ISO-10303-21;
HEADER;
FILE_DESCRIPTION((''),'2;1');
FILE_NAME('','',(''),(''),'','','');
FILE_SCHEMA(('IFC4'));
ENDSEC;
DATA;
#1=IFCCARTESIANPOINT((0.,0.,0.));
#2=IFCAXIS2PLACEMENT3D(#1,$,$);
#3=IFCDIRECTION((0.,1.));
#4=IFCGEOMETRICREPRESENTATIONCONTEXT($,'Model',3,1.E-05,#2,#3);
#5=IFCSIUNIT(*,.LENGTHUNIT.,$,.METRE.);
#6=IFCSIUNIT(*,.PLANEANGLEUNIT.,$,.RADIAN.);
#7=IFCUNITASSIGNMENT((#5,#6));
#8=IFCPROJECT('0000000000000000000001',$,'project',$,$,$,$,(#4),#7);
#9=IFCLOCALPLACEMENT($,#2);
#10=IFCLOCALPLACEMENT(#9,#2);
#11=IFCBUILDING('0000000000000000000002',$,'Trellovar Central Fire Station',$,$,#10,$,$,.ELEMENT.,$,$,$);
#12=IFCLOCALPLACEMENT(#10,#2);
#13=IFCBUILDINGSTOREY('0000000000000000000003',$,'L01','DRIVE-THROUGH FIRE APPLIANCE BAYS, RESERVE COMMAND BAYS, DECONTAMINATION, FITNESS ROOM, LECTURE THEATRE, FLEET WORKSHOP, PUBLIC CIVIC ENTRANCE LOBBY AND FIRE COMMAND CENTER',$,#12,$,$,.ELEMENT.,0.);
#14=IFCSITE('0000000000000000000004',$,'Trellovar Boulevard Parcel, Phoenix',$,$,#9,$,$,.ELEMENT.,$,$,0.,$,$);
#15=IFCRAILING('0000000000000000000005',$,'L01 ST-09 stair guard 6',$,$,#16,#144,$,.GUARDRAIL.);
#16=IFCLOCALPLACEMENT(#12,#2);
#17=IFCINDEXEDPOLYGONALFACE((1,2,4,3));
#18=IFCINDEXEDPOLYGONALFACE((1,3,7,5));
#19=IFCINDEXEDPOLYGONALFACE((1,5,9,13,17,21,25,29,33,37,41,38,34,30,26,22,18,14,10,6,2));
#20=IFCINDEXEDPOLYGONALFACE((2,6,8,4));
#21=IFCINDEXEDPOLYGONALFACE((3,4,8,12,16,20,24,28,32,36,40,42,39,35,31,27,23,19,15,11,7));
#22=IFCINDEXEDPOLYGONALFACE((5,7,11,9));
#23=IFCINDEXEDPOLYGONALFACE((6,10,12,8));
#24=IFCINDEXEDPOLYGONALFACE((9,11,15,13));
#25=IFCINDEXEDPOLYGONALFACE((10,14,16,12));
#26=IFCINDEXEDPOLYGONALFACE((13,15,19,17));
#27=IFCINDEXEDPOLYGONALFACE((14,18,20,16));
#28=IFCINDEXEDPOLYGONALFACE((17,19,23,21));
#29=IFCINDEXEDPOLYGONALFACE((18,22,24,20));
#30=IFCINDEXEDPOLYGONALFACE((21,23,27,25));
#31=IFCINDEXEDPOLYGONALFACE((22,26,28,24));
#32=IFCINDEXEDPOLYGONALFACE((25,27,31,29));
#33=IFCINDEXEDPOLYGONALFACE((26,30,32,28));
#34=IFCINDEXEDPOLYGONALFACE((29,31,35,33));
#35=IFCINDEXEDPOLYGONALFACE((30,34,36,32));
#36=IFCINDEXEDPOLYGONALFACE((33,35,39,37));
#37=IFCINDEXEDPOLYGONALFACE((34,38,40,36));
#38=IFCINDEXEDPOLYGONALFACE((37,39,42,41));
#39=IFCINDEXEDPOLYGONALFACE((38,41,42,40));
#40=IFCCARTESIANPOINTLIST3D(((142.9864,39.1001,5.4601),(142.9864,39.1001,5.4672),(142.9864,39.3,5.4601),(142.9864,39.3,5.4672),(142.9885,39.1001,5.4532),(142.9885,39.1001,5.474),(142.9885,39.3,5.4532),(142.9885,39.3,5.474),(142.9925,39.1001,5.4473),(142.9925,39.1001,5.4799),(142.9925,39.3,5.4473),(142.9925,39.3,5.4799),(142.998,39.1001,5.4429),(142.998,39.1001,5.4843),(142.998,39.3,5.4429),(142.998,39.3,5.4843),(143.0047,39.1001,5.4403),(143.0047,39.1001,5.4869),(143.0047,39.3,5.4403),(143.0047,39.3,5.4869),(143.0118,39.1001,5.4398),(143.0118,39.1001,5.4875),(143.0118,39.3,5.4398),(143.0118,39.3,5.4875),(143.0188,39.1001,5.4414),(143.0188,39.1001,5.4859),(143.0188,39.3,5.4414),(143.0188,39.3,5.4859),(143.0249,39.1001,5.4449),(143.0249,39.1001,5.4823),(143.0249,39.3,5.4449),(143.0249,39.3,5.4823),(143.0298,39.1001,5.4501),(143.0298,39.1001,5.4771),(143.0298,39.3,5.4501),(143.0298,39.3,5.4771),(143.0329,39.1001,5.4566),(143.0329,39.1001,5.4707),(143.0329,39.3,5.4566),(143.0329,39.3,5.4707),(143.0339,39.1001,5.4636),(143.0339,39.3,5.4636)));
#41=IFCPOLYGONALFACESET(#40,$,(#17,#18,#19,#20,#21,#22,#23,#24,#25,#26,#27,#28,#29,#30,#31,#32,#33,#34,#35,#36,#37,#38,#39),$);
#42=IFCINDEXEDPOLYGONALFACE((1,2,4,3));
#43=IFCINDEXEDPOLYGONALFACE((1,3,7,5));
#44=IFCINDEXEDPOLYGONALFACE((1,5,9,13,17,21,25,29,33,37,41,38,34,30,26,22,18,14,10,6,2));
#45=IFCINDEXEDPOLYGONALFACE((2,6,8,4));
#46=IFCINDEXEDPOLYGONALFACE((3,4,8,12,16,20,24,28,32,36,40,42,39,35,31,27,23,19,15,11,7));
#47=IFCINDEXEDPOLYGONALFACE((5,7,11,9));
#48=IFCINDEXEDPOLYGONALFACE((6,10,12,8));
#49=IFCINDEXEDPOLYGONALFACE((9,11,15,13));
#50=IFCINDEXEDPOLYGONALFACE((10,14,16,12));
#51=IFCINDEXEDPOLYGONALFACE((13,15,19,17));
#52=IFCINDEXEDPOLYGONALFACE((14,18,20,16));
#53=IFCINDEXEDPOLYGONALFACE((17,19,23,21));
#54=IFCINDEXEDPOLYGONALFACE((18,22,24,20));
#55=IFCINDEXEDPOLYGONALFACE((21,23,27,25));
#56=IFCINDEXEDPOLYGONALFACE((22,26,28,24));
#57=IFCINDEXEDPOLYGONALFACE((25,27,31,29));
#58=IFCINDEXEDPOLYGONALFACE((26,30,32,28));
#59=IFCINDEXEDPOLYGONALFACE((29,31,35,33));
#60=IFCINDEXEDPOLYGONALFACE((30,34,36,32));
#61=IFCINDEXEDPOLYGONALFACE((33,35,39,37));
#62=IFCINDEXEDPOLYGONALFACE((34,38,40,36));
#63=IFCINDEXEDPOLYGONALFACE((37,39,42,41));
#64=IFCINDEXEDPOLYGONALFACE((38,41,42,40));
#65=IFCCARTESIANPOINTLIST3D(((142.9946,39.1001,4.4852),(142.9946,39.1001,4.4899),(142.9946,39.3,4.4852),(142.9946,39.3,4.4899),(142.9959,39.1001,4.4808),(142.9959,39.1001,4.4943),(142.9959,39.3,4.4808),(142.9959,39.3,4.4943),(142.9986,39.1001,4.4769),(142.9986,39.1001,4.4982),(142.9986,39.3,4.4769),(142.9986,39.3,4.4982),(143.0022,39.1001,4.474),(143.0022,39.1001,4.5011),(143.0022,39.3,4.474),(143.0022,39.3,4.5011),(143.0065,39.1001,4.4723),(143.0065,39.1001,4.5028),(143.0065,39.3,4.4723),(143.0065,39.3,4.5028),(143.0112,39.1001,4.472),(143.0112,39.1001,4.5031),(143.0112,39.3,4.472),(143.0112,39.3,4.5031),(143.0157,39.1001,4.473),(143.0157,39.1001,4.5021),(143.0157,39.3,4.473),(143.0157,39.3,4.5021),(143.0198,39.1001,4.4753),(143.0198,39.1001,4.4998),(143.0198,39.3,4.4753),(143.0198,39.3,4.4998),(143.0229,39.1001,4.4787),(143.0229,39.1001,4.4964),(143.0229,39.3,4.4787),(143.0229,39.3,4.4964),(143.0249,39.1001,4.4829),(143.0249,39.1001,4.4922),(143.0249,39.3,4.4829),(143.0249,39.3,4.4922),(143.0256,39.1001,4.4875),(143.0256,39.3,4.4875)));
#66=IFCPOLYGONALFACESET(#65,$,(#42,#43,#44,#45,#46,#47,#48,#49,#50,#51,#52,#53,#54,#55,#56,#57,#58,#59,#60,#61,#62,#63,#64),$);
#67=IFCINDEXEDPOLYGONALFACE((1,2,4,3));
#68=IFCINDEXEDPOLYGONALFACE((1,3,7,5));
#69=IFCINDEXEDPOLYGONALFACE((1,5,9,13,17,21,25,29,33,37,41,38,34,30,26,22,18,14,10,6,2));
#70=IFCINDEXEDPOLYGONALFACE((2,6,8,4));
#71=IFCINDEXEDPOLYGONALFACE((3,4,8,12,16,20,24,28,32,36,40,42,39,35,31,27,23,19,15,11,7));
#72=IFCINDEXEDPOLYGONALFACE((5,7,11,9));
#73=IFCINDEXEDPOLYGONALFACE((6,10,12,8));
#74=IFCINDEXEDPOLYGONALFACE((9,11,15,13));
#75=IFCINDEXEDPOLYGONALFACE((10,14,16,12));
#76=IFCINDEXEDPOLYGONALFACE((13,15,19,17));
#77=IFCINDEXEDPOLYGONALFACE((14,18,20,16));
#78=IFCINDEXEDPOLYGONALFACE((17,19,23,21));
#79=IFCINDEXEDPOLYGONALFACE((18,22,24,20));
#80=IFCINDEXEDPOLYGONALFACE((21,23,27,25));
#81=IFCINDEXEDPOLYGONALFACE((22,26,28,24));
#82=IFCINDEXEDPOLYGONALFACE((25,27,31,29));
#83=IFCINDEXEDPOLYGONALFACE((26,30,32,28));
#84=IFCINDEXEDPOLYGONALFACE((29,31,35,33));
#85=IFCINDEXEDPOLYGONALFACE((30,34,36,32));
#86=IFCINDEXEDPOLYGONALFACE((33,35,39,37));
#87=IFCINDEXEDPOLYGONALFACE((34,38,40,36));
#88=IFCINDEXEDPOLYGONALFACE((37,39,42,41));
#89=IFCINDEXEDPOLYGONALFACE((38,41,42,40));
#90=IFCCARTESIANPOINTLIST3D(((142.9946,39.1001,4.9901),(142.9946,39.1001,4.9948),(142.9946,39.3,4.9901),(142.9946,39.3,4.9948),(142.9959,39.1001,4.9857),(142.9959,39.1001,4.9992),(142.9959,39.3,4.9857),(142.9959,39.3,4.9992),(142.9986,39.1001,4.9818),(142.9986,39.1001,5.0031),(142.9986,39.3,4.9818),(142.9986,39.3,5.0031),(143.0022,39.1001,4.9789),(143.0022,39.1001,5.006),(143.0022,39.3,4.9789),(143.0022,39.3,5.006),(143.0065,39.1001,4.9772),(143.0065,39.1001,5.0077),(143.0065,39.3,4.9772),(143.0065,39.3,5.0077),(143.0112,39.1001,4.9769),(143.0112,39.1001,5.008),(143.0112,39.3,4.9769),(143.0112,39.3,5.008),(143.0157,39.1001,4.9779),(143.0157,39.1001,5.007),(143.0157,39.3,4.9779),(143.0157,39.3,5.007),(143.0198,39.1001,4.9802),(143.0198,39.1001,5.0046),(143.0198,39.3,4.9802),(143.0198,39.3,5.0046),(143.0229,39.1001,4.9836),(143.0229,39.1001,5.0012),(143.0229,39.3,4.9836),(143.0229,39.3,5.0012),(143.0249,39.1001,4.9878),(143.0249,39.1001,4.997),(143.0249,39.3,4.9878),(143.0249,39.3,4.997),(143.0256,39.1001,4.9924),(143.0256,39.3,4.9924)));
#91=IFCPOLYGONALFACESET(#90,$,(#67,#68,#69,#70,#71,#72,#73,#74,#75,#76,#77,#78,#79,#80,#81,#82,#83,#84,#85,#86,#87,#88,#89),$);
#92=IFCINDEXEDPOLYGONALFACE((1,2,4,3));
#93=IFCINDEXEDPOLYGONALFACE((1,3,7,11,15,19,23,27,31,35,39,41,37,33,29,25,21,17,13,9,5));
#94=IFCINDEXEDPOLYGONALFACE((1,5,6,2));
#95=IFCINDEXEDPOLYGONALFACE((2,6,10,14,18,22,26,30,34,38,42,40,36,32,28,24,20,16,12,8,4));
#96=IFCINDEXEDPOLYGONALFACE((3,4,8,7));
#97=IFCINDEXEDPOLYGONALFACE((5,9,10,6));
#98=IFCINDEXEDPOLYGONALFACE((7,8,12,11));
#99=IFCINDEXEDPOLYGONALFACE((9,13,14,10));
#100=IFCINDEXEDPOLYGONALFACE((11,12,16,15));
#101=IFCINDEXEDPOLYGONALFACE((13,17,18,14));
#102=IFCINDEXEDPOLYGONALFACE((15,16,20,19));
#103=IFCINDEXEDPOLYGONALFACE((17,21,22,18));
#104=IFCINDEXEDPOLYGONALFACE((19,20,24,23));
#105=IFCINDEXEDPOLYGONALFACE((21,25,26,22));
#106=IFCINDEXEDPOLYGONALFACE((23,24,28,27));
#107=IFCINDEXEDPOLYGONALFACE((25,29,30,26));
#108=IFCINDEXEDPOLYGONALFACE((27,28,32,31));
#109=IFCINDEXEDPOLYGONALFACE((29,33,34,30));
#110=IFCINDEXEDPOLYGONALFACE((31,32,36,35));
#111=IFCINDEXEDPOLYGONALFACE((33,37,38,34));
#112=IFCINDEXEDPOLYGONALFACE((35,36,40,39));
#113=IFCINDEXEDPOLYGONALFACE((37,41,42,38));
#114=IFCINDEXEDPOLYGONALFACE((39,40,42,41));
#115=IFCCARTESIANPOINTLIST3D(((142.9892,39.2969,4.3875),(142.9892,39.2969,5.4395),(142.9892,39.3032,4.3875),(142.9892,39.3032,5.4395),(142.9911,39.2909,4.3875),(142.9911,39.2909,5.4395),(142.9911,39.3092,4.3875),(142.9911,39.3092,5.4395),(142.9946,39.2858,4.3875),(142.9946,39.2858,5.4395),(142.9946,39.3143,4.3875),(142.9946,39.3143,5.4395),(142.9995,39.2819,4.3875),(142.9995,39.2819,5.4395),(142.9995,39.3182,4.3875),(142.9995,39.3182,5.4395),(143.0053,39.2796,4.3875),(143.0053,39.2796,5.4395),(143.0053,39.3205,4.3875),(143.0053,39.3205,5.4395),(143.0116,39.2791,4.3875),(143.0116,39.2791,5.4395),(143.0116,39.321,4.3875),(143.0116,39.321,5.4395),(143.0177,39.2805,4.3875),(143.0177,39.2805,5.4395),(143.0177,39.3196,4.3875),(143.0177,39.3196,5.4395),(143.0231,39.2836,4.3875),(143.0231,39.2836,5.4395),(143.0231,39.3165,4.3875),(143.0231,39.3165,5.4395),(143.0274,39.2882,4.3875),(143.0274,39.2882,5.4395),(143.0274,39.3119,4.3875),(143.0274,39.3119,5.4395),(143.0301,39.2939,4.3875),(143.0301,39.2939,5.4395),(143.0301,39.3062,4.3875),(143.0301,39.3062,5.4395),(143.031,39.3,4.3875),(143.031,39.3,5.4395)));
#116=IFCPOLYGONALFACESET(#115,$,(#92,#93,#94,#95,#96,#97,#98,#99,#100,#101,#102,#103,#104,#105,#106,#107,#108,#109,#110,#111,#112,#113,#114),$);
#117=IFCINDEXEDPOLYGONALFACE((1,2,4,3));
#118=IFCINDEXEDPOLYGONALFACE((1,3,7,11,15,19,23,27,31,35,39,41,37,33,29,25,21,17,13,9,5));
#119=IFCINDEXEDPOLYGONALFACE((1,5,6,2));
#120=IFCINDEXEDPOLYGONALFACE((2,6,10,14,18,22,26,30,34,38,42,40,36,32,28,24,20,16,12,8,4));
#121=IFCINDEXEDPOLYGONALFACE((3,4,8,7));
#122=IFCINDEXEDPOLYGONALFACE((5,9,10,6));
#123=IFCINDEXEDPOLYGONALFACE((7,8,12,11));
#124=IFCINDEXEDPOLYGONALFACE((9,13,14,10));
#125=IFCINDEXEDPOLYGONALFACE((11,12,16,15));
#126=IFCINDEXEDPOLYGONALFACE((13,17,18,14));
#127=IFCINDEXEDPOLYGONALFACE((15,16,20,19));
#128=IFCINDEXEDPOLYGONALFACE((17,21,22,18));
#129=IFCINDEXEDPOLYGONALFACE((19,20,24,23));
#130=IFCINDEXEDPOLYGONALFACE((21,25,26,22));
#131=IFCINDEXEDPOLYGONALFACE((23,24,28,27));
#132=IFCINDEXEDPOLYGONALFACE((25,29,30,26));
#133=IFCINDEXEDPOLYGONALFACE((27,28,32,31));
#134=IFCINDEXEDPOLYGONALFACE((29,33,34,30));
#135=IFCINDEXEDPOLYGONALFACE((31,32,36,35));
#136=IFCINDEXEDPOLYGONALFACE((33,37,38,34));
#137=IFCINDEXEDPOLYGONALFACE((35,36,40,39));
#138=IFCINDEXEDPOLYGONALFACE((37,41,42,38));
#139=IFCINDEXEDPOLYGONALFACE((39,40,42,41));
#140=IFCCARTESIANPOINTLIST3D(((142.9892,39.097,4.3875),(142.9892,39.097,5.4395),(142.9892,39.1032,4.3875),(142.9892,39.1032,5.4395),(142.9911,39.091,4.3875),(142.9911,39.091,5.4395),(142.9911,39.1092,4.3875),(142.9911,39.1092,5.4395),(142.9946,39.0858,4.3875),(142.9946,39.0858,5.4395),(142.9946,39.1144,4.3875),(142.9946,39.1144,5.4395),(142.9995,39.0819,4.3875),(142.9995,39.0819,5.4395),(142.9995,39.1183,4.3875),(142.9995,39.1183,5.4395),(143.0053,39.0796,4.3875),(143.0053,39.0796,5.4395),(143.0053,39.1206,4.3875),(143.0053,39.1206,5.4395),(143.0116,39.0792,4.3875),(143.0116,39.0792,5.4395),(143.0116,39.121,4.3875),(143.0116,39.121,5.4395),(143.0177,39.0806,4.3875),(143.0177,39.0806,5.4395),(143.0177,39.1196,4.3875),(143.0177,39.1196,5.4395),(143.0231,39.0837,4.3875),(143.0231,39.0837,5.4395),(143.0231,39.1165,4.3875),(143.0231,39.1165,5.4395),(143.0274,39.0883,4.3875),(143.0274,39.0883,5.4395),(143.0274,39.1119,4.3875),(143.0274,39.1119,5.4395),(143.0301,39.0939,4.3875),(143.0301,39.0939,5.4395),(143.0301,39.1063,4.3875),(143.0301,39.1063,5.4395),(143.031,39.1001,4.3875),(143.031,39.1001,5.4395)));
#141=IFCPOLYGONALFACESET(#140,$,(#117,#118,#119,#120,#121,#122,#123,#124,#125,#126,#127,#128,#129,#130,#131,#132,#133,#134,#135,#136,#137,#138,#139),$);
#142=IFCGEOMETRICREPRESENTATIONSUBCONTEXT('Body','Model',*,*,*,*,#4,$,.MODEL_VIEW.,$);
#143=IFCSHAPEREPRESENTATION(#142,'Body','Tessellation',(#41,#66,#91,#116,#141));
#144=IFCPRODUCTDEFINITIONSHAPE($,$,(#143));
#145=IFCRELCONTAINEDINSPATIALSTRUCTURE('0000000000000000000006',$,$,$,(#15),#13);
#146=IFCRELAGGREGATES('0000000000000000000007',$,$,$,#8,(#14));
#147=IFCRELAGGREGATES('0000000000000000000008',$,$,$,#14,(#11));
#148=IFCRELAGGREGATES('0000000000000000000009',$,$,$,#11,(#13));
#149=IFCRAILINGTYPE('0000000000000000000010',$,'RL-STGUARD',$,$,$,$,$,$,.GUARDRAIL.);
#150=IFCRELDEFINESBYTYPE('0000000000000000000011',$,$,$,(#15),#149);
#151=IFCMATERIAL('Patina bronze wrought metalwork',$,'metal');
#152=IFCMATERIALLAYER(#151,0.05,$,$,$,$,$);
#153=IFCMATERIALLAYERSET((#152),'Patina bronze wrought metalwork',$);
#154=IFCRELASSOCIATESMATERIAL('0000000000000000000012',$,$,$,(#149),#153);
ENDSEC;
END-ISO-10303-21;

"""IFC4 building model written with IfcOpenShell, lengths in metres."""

from ifc_helpers import new_model, si_unit, direction, frame, origin, origin_2d, place, context, subcontext, project, spatial, circle, extrude, material, layer, layer_set, type_object, element, save


model = new_model("IFC4")

# Units and contexts
model_context = context("Model", 3, precision=1e-05, world=origin(), true_north=direction((0.0, 1.0)))
body_context = subcontext(model_context, "Body", "Model", "MODEL_VIEW")
ifc_project = project(units=[si_unit("LENGTHUNIT", "METRE"), si_unit("PLANEANGLEUNIT", "RADIAN")], contexts=[model_context])

# Site, building, storey
site_placement = place(None, origin())
site = spatial("IfcSite", under=ifc_project, at=site_placement, Name="Trellovar Boulevard Parcel, Phoenix", CompositionType="ELEMENT", RefElevation=0.0)
building_placement = place(site_placement, origin())
building = spatial("IfcBuilding", under=site, at=building_placement, Name="Trellovar Central Fire Station", CompositionType="ELEMENT")
storey_placement = place(building_placement, origin())
storey = spatial("IfcBuildingStorey", under=building, at=storey_placement, Name="L01", Description="DRIVE-THROUGH FIRE APPLIANCE BAYS, RESERVE COMMAND BAYS, DECONTAMINATION, FITNESS ROOM, LECTURE THEATRE, FLEET WORKSHOP, PUBLIC CIVIC ENTRANCE LOBBY AND FIRE COMMAND CENTER", CompositionType="ELEMENT", Elevation=0.0)

# Railing
ifc_material_1 = material(Name="Patina bronze wrought metalwork", Category="metal")
ifc_layer_1 = layer(ifc_material_1, 0.05)
ifc_layer_set_1 = layer_set([ifc_layer_1], Name="Patina bronze wrought metalwork")
railing_type_1 = type_object("IfcRailingType", Name="RL-STGUARD", PredefinedType="GUARDRAIL", material=ifc_layer_set_1)
railing_1_placement = place(storey_placement, frame((143.01, 39.3, 4.3875)))
element("IfcRailing", 1, at=railing_1_placement, inside=storey, type_object=railing_type_1, Name="L01 ST-09 stair guard 6", PredefinedType="GUARDRAIL", context=body_context, shape_type="SweptSolid", body=[
    extrude(circle(Radius=0.0239, at=origin_2d()), frame((0.0, 0.0, 1.0762), z_axis=(0.0, -1.0, 0.0), x_axis=(1.0, 0.0, 0.0)), (0.0, 0.0, 1.0), 0.2),
    extrude(circle(Radius=0.0156, at=origin_2d()), frame((0.0, 0.0, 0.1001), z_axis=(0.0, -1.0, 0.0), x_axis=(1.0, 0.0, 0.0)), (0.0, 0.0, 1.0), 0.2),
    extrude(circle(Radius=0.0156, at=origin_2d()), frame((0.0, 0.0, 0.605), z_axis=(0.0, -1.0, 0.0), x_axis=(1.0, 0.0, 0.0)), (0.0, 0.0, 1.0), 0.2),
    extrude(circle(Radius=0.021, at=origin_2d()), origin(), (0.0, 0.0, 1.0), 1.052),
    extrude(circle(Radius=0.021, at=origin_2d()), frame((0.0, -0.2, 0.0)), (0.0, 0.0, 1.0), 1.052),
])

save(model, "model.ifc")
